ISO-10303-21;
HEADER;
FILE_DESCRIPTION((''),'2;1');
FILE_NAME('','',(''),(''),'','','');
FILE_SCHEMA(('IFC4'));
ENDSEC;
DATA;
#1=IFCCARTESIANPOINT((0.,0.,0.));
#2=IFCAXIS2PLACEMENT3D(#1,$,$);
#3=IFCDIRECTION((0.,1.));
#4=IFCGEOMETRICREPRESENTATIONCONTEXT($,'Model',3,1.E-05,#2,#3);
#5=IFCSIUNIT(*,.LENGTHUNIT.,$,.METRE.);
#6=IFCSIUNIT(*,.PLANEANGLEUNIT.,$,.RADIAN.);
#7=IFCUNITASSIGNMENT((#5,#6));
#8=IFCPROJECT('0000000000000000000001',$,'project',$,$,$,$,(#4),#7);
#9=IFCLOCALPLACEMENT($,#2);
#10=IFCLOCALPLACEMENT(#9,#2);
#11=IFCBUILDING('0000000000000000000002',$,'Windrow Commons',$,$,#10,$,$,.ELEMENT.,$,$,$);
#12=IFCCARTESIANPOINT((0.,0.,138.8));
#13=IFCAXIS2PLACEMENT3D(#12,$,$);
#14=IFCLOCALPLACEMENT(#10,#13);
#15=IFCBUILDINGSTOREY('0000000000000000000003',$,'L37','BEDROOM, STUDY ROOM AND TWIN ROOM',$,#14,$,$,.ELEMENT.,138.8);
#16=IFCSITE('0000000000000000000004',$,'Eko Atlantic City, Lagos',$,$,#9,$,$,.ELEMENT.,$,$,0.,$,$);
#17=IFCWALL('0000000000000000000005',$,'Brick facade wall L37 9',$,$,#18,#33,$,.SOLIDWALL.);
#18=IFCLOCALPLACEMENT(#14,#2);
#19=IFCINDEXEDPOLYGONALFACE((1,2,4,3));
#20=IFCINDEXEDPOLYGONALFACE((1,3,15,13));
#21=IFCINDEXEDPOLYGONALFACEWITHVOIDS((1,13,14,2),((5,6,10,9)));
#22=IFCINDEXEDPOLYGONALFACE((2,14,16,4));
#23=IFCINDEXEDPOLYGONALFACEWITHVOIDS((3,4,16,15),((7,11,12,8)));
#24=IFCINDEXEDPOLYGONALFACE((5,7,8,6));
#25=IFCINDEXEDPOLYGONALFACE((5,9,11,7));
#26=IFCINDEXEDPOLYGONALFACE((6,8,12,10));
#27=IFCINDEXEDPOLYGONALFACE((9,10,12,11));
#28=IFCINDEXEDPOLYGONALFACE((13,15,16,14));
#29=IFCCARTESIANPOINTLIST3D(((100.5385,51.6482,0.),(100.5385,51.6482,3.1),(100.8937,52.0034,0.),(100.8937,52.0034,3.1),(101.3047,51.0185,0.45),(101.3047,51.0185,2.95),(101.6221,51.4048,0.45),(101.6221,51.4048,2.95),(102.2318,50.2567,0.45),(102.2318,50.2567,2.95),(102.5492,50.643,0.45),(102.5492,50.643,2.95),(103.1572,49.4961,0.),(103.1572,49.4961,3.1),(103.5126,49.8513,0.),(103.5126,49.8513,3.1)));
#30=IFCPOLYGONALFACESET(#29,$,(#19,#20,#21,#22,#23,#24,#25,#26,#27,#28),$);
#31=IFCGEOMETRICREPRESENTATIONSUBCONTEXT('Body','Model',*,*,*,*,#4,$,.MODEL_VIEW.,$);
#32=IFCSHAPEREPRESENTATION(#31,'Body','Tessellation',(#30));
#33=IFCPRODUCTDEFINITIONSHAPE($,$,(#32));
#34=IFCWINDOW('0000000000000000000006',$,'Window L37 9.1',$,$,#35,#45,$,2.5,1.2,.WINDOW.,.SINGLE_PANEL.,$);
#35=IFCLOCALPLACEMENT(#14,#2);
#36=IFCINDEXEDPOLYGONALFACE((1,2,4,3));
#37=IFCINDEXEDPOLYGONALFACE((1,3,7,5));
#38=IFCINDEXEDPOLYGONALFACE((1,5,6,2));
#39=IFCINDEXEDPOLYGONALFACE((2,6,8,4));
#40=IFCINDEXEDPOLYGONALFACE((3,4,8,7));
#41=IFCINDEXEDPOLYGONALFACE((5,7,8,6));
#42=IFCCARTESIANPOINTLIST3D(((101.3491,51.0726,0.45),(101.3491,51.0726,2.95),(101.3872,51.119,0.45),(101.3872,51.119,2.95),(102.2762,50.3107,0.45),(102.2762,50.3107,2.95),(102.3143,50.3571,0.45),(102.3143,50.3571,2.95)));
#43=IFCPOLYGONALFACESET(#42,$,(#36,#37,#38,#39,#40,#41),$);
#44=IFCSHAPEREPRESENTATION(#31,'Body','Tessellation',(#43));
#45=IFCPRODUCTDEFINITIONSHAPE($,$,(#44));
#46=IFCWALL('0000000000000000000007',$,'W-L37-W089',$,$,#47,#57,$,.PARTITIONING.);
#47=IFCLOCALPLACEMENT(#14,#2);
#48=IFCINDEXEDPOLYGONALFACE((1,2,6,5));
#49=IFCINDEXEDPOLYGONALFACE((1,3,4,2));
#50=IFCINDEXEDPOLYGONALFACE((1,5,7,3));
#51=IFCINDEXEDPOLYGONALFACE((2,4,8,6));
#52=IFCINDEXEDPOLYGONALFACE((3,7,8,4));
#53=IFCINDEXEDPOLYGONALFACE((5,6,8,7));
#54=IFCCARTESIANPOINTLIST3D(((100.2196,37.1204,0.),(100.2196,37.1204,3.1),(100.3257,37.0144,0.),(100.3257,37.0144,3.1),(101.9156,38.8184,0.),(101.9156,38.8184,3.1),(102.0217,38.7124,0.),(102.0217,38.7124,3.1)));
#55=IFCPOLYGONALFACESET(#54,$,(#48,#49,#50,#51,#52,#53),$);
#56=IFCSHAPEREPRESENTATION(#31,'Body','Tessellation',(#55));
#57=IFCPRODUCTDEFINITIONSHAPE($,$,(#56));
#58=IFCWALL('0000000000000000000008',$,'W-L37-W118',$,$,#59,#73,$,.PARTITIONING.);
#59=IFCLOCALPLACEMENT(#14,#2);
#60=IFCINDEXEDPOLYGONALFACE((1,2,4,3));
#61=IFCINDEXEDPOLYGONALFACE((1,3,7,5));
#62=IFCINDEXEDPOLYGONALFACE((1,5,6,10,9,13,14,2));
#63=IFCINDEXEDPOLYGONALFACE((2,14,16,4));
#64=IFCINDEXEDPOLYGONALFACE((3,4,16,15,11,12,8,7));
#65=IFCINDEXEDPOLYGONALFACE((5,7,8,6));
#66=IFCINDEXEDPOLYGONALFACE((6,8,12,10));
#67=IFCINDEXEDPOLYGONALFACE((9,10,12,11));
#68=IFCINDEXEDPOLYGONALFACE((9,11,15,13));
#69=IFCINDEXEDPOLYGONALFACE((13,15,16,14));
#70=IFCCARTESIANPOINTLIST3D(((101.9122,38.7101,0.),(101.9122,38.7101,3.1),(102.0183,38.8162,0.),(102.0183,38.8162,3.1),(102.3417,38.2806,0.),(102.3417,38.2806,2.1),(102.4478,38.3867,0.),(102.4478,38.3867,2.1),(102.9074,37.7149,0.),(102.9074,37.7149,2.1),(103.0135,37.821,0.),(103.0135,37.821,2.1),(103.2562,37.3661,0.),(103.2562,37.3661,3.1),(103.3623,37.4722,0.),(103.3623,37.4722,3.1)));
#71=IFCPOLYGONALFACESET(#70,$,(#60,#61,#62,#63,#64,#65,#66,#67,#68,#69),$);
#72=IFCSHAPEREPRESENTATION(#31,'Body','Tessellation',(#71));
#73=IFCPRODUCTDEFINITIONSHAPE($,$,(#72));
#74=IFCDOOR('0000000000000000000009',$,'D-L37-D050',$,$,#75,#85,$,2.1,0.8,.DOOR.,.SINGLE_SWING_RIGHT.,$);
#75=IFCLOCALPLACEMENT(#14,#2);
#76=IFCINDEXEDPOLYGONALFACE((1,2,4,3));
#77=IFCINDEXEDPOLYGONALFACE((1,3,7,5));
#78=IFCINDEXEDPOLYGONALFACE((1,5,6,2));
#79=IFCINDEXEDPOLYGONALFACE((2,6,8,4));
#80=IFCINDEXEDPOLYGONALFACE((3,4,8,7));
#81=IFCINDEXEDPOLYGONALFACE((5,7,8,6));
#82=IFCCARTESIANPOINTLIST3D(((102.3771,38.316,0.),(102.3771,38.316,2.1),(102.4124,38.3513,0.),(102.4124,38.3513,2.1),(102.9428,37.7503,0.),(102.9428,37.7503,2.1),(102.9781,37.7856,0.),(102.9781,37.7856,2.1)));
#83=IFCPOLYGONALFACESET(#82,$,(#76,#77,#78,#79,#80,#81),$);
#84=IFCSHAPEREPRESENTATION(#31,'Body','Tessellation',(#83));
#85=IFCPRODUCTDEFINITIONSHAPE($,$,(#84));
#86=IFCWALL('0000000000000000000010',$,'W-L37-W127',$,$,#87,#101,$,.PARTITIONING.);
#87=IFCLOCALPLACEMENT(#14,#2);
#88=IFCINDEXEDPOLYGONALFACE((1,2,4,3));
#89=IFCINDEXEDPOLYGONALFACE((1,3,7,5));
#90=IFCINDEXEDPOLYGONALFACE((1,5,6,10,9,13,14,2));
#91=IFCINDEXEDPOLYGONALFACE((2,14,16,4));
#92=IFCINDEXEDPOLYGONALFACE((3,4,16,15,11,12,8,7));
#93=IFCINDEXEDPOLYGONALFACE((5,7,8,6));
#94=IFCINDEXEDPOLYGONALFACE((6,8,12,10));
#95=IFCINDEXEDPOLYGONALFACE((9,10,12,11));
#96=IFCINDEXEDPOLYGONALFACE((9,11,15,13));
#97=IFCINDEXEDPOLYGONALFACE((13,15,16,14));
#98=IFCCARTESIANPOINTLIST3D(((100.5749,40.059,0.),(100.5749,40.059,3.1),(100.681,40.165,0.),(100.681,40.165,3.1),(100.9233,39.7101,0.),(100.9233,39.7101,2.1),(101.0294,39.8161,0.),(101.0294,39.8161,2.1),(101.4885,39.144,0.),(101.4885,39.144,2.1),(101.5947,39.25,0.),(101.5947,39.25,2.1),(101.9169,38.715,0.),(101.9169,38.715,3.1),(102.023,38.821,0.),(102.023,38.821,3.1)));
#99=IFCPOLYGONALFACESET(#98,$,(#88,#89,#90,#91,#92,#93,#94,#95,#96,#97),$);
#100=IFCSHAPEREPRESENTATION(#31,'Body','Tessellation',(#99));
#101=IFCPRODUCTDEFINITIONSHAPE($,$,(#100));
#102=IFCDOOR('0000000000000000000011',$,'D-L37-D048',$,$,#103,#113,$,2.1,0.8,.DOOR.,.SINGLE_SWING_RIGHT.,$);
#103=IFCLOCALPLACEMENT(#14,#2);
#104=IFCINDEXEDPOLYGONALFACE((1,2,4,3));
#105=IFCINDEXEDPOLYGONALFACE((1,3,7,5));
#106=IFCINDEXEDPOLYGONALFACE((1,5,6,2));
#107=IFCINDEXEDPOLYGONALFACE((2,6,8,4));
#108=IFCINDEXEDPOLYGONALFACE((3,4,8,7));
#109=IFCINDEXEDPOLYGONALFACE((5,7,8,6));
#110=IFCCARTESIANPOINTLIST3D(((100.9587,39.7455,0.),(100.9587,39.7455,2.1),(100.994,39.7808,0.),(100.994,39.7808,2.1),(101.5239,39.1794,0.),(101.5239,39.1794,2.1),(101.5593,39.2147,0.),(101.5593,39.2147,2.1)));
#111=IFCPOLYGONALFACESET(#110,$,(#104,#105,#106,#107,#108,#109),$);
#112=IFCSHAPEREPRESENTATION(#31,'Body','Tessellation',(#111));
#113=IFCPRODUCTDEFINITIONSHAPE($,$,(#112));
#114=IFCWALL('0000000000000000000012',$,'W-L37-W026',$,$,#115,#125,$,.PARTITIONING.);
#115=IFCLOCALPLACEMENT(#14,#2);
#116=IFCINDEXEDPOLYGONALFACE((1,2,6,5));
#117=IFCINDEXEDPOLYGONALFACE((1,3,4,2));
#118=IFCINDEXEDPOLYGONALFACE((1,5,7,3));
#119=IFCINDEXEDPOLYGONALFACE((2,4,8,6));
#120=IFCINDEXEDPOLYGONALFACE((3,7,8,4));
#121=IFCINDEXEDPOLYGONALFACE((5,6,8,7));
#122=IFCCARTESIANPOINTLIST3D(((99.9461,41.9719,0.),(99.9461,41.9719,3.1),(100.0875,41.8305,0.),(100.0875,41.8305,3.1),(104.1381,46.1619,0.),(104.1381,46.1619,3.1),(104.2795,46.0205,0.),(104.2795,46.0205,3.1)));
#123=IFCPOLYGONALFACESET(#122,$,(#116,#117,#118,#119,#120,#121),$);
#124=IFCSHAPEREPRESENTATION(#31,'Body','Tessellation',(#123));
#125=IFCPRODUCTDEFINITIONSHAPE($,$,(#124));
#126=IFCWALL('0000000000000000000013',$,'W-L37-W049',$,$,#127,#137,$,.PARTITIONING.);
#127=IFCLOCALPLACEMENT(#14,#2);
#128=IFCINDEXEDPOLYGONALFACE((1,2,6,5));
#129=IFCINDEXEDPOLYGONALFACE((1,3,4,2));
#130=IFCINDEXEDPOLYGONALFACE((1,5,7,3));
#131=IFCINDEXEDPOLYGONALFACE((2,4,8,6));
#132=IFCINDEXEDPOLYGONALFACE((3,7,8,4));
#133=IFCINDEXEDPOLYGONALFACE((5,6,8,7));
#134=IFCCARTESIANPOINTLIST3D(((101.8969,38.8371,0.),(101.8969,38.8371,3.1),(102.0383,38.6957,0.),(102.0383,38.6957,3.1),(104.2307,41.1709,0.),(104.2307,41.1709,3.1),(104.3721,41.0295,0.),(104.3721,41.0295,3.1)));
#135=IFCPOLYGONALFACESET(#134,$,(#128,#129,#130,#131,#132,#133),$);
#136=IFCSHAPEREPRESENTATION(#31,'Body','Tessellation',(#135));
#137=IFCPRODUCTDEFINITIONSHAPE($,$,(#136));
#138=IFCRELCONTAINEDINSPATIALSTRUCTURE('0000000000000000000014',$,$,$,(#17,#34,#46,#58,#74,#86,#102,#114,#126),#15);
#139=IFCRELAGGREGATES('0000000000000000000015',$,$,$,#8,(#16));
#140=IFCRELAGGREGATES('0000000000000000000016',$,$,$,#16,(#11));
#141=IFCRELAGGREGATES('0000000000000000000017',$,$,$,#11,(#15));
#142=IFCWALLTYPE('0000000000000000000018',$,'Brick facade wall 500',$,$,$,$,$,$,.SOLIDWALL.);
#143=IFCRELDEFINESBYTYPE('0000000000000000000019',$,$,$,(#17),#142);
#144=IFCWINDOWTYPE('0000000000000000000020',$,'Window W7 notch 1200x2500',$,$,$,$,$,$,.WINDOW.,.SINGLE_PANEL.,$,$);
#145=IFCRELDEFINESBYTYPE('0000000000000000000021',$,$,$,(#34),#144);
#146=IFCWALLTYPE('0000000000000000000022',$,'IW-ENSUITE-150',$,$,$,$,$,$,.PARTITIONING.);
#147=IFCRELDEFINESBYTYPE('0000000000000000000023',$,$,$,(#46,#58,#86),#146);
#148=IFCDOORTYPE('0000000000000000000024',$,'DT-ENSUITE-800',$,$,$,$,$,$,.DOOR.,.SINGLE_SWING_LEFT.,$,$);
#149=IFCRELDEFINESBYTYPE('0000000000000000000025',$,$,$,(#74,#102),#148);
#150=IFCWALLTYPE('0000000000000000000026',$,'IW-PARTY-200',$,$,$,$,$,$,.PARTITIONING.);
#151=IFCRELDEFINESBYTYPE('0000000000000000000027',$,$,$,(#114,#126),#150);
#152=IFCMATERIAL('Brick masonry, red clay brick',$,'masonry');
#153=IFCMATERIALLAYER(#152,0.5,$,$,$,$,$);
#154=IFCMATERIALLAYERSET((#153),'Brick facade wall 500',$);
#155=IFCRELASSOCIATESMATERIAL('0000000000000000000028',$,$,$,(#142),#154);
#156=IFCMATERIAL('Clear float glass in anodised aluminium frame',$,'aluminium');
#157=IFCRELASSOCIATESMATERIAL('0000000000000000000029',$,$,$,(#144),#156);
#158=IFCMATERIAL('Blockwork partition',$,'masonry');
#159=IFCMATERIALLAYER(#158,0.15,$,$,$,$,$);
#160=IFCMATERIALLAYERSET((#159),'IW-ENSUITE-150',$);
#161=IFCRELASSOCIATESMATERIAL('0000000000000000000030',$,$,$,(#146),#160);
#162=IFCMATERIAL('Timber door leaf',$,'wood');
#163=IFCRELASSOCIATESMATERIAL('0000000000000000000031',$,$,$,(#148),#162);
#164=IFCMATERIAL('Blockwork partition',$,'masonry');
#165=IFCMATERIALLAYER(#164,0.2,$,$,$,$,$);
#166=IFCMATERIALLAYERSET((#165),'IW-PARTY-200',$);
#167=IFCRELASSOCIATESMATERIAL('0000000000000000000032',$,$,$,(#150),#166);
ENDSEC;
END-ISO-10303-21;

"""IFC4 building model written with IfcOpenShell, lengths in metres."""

from ifc_helpers import new_model, si_unit, direction, frame, frame_2d, origin, place, context, subcontext, project, spatial, polyline, rectangle, outline, extrude, material, layer, layer_set, type_object, element, fill, save


model = new_model("IFC4")

# Units and contexts
model_context = context("Model", 3, precision=1e-05, world=origin(), true_north=direction((0.0, 1.0)))
body_context = subcontext(model_context, "Body", "Model", "MODEL_VIEW")
ifc_project = project(units=[si_unit("LENGTHUNIT", "METRE"), si_unit("PLANEANGLEUNIT", "RADIAN")], contexts=[model_context])

# Site, building, storey
site_placement = place(None, origin())
site = spatial("IfcSite", under=ifc_project, at=site_placement, Name="Eko Atlantic City, Lagos", CompositionType="ELEMENT", RefElevation=0.0)
building_placement = place(site_placement, origin())
building = spatial("IfcBuilding", under=site, at=building_placement, Name="Windrow Commons", CompositionType="ELEMENT")
storey_placement = place(building_placement, frame((0.0, 0.0, 138.8)))
storey = spatial("IfcBuildingStorey", under=building, at=storey_placement, Name="L37", Description="BEDROOM, STUDY ROOM AND TWIN ROOM", CompositionType="ELEMENT", Elevation=138.8)

# Wall, opening, window
ifc_material_1 = material(Name="Brick masonry, red clay brick", Category="masonry")
ifc_layer_1 = layer(ifc_material_1, 0.5)
ifc_layer_set_1 = layer_set([ifc_layer_1], Name="Brick facade wall 500")
wall_type_1 = type_object("IfcWallType", Name="Brick facade wall 500", PredefinedType="SOLIDWALL", material=ifc_layer_set_1)
ifc_material_2 = material(Name="Clear float glass in anodised aluminium frame", Category="aluminium")
window_type_1 = type_object("IfcWindowType", Name="Window W7 notch 1200x2500", PartitioningType="SINGLE_PANEL", PredefinedType="WINDOW", material=ifc_material_2)
wall_1_placement = place(storey_placement, frame((103.3349, 49.6737, 0.0), z_axis=(0.0, 0.0, 1.0), x_axis=(-0.77259, 0.634905, 0.0)))
wall_1 = element("IfcWall", 1, at=wall_1_placement, inside=storey, type_object=wall_type_1, Name="Brick facade wall L37 9", PredefinedType="SOLIDWALL", context=body_context, shape_type="SweptSolid", body=[
    extrude(outline(polyline([(-0.0245, -0.25), (3.3652, -0.25), (3.4141, 0.25), (0.0245, 0.25), (-0.0245, -0.25)])), origin(), (0.0, 0.0, 1.0), 3.1),
])
opening_1_placement = place(wall_1_placement, frame((1.2224, 0.0, 0.45)))
opening_1 = element("IfcOpeningElement", 2, at=opening_1_placement, cuts=wall_1, PredefinedType="OPENING", context=body_context, shape_type="SweptSolid", body=[
    extrude(rectangle(XDim=1.2, YDim=2.5, at=frame_2d((0.6, 1.25))), frame((0.0, 0.26, 0.0), z_axis=(0.0, -1.0, 0.0), x_axis=(1.0, 0.0, 0.0)), (0.0, 0.0, 1.0), 0.52),
])
window_1_placement = place(opening_1_placement, origin())
window_1 = element("IfcWindow", 3, at=window_1_placement, inside=storey, type_object=window_type_1, Name="Window L37 9.1", OverallHeight=2.5, OverallWidth=1.2, PartitioningType="SINGLE_PANEL", PredefinedType="WINDOW", context=body_context, shape_type="SweptSolid", body=[
    extrude(rectangle(XDim=1.2, YDim=2.5, at=frame_2d((0.6, 1.25))), frame((0.0, 0.18, 0.0), z_axis=(0.0, -1.0, 0.0), x_axis=(1.0, 0.0, 0.0)), (0.0, 0.0, 1.0), 0.06),
])
fill(opening_1, window_1)

# Wall
ifc_material_3 = material(Name="Blockwork partition", Category="masonry")
ifc_layer_2 = layer(ifc_material_3, 0.15)
ifc_layer_set_2 = layer_set([ifc_layer_2], Name="IW-ENSUITE-150")
wall_type_2 = type_object("IfcWallType", Name="IW-ENSUITE-150", PredefinedType="PARTITIONING", material=ifc_layer_set_2)
wall_2_placement = place(storey_placement, frame((100.2726, 37.0674, 0.0), z_axis=(0.0, 0.0, 1.0), x_axis=(0.70669, 0.707523, 0.0)))
element("IfcWall", 4, at=wall_2_placement, inside=storey, type_object=wall_type_2, Name="W-L37-W089", PredefinedType="PARTITIONING", context=body_context, shape_type="SweptSolid", body=[
    extrude(rectangle(XDim=2.3999, YDim=0.15, at=frame_2d((1.2, 0.0))), origin(), (0.0, 0.0, 1.0), 3.1),
])

# Walls, openings, doors
wall_3_placement = place(storey_placement, frame((101.9652, 38.7632, 0.0), z_axis=(0.0, 0.0, 1.0), x_axis=(0.707107, -0.707107, 0.0)))
wall_3 = element("IfcWall", 5, at=wall_3_placement, inside=storey, type_object=wall_type_2, Name="W-L37-W118", PredefinedType="PARTITIONING", context=body_context, shape_type="SweptSolid", body=[
    extrude(rectangle(XDim=1.9007, YDim=0.15, at=frame_2d((0.9504, 0.0))), origin(), (0.0, 0.0, 1.0), 3.1),
])
opening_2_placement = place(wall_3_placement, frame((0.6075, 0.0, 0.0)))
opening_2 = element("IfcOpeningElement", 6, at=opening_2_placement, cuts=wall_3, PredefinedType="OPENING", context=body_context, shape_type="SweptSolid", body=[
    extrude(rectangle(XDim=0.8, YDim=2.1, at=frame_2d((0.4, 1.05))), frame((0.0, 0.085, 0.0), z_axis=(0.0, -1.0, 0.0), x_axis=(1.0, 0.0, 0.0)), (0.0, 0.0, 1.0), 0.17),
])
ifc_material_4 = material(Name="Timber door leaf", Category="wood")
door_type = type_object("IfcDoorType", Name="DT-ENSUITE-800", OperationType="SINGLE_SWING_LEFT", PredefinedType="DOOR", material=ifc_material_4)
door_1_placement = place(opening_2_placement, origin())
door_1 = element("IfcDoor", 7, at=door_1_placement, inside=storey, type_object=door_type, Name="D-L37-D050", OperationType="SINGLE_SWING_RIGHT", OverallHeight=2.1, OverallWidth=0.8, PredefinedType="DOOR", context=body_context, shape_type="SweptSolid", body=[
    extrude(rectangle(XDim=0.8, YDim=2.1, at=frame_2d((0.4, 1.05))), frame((0.0, 0.025, 0.0), z_axis=(0.0, -1.0, 0.0), x_axis=(1.0, 0.0, 0.0)), (0.0, 0.0, 1.0), 0.05),
])
fill(opening_2, door_1)
wall_4_placement = place(storey_placement, frame((100.628, 40.112, 0.0), z_axis=(0.0, 0.0, 1.0), x_axis=(0.70658, -0.707633, 0.0)))
wall_4 = element("IfcWall", 8, at=wall_4_placement, inside=storey, type_object=wall_type_2, Name="W-L37-W127", PredefinedType="PARTITIONING", context=body_context, shape_type="SweptSolid", body=[
    extrude(rectangle(XDim=1.8993, YDim=0.15, at=frame_2d((0.9496, 0.0))), origin(), (0.0, 0.0, 1.0), 3.1),
])
opening_3_placement = place(wall_4_placement, frame((0.493, 0.0, 0.0)))
opening_3 = element("IfcOpeningElement", 9, at=opening_3_placement, cuts=wall_4, PredefinedType="OPENING", context=body_context, shape_type="SweptSolid", body=[
    extrude(rectangle(XDim=0.8, YDim=2.1, at=frame_2d((0.4, 1.05))), frame((0.0, 0.085, 0.0), z_axis=(0.0, -1.0, 0.0), x_axis=(1.0, 0.0, 0.0)), (0.0, 0.0, 1.0), 0.17),
])
door_2_placement = place(opening_3_placement, origin())
door_2 = element("IfcDoor", 10, at=door_2_placement, inside=storey, type_object=door_type, Name="D-L37-D048", OperationType="SINGLE_SWING_RIGHT", OverallHeight=2.1, OverallWidth=0.8, PredefinedType="DOOR", context=body_context, shape_type="SweptSolid", body=[
    extrude(rectangle(XDim=0.8, YDim=2.1, at=frame_2d((0.4, 1.05))), frame((0.0, 0.025, 0.0), z_axis=(0.0, -1.0, 0.0), x_axis=(1.0, 0.0, 0.0)), (0.0, 0.0, 1.0), 0.05),
])
fill(opening_3, door_2)

# Walls
ifc_material_5 = material(Name="Blockwork partition", Category="masonry")
ifc_layer_3 = layer(ifc_material_5, 0.2)
ifc_layer_set_3 = layer_set([ifc_layer_3], Name="IW-PARTY-200")
wall_type_3 = type_object("IfcWallType", Name="IW-PARTY-200", PredefinedType="PARTITIONING", material=ifc_layer_set_3)
wall_5_placement = place(storey_placement, frame((100.0168, 41.9012, 0.0), z_axis=(0.0, 0.0, 1.0), x_axis=(0.707275, 0.706938, 0.0)))
element("IfcWall", 11, at=wall_5_placement, inside=storey, type_object=wall_type_3, Name="W-L37-W026", PredefinedType="PARTITIONING", context=body_context, shape_type="SweptSolid", body=[
    extrude(rectangle(XDim=5.927, YDim=0.2, at=frame_2d((2.9635, 0.0))), origin(), (0.0, 0.0, 1.0), 3.1),
])
wall_6_placement = place(storey_placement, frame((101.9676, 38.7664, 0.0), z_axis=(0.0, 0.0, 1.0), x_axis=(0.707107, 0.707107, 0.0)))
element("IfcWall", 12, at=wall_6_placement, inside=storey, type_object=wall_type_3, Name="W-L37-W049", PredefinedType="PARTITIONING", context=body_context, shape_type="SweptSolid", body=[
    extrude(rectangle(XDim=3.3005, YDim=0.2, at=frame_2d((1.6502, 0.0))), origin(), (0.0, 0.0, 1.0), 3.1),
])

save(model, "model.ifc")
